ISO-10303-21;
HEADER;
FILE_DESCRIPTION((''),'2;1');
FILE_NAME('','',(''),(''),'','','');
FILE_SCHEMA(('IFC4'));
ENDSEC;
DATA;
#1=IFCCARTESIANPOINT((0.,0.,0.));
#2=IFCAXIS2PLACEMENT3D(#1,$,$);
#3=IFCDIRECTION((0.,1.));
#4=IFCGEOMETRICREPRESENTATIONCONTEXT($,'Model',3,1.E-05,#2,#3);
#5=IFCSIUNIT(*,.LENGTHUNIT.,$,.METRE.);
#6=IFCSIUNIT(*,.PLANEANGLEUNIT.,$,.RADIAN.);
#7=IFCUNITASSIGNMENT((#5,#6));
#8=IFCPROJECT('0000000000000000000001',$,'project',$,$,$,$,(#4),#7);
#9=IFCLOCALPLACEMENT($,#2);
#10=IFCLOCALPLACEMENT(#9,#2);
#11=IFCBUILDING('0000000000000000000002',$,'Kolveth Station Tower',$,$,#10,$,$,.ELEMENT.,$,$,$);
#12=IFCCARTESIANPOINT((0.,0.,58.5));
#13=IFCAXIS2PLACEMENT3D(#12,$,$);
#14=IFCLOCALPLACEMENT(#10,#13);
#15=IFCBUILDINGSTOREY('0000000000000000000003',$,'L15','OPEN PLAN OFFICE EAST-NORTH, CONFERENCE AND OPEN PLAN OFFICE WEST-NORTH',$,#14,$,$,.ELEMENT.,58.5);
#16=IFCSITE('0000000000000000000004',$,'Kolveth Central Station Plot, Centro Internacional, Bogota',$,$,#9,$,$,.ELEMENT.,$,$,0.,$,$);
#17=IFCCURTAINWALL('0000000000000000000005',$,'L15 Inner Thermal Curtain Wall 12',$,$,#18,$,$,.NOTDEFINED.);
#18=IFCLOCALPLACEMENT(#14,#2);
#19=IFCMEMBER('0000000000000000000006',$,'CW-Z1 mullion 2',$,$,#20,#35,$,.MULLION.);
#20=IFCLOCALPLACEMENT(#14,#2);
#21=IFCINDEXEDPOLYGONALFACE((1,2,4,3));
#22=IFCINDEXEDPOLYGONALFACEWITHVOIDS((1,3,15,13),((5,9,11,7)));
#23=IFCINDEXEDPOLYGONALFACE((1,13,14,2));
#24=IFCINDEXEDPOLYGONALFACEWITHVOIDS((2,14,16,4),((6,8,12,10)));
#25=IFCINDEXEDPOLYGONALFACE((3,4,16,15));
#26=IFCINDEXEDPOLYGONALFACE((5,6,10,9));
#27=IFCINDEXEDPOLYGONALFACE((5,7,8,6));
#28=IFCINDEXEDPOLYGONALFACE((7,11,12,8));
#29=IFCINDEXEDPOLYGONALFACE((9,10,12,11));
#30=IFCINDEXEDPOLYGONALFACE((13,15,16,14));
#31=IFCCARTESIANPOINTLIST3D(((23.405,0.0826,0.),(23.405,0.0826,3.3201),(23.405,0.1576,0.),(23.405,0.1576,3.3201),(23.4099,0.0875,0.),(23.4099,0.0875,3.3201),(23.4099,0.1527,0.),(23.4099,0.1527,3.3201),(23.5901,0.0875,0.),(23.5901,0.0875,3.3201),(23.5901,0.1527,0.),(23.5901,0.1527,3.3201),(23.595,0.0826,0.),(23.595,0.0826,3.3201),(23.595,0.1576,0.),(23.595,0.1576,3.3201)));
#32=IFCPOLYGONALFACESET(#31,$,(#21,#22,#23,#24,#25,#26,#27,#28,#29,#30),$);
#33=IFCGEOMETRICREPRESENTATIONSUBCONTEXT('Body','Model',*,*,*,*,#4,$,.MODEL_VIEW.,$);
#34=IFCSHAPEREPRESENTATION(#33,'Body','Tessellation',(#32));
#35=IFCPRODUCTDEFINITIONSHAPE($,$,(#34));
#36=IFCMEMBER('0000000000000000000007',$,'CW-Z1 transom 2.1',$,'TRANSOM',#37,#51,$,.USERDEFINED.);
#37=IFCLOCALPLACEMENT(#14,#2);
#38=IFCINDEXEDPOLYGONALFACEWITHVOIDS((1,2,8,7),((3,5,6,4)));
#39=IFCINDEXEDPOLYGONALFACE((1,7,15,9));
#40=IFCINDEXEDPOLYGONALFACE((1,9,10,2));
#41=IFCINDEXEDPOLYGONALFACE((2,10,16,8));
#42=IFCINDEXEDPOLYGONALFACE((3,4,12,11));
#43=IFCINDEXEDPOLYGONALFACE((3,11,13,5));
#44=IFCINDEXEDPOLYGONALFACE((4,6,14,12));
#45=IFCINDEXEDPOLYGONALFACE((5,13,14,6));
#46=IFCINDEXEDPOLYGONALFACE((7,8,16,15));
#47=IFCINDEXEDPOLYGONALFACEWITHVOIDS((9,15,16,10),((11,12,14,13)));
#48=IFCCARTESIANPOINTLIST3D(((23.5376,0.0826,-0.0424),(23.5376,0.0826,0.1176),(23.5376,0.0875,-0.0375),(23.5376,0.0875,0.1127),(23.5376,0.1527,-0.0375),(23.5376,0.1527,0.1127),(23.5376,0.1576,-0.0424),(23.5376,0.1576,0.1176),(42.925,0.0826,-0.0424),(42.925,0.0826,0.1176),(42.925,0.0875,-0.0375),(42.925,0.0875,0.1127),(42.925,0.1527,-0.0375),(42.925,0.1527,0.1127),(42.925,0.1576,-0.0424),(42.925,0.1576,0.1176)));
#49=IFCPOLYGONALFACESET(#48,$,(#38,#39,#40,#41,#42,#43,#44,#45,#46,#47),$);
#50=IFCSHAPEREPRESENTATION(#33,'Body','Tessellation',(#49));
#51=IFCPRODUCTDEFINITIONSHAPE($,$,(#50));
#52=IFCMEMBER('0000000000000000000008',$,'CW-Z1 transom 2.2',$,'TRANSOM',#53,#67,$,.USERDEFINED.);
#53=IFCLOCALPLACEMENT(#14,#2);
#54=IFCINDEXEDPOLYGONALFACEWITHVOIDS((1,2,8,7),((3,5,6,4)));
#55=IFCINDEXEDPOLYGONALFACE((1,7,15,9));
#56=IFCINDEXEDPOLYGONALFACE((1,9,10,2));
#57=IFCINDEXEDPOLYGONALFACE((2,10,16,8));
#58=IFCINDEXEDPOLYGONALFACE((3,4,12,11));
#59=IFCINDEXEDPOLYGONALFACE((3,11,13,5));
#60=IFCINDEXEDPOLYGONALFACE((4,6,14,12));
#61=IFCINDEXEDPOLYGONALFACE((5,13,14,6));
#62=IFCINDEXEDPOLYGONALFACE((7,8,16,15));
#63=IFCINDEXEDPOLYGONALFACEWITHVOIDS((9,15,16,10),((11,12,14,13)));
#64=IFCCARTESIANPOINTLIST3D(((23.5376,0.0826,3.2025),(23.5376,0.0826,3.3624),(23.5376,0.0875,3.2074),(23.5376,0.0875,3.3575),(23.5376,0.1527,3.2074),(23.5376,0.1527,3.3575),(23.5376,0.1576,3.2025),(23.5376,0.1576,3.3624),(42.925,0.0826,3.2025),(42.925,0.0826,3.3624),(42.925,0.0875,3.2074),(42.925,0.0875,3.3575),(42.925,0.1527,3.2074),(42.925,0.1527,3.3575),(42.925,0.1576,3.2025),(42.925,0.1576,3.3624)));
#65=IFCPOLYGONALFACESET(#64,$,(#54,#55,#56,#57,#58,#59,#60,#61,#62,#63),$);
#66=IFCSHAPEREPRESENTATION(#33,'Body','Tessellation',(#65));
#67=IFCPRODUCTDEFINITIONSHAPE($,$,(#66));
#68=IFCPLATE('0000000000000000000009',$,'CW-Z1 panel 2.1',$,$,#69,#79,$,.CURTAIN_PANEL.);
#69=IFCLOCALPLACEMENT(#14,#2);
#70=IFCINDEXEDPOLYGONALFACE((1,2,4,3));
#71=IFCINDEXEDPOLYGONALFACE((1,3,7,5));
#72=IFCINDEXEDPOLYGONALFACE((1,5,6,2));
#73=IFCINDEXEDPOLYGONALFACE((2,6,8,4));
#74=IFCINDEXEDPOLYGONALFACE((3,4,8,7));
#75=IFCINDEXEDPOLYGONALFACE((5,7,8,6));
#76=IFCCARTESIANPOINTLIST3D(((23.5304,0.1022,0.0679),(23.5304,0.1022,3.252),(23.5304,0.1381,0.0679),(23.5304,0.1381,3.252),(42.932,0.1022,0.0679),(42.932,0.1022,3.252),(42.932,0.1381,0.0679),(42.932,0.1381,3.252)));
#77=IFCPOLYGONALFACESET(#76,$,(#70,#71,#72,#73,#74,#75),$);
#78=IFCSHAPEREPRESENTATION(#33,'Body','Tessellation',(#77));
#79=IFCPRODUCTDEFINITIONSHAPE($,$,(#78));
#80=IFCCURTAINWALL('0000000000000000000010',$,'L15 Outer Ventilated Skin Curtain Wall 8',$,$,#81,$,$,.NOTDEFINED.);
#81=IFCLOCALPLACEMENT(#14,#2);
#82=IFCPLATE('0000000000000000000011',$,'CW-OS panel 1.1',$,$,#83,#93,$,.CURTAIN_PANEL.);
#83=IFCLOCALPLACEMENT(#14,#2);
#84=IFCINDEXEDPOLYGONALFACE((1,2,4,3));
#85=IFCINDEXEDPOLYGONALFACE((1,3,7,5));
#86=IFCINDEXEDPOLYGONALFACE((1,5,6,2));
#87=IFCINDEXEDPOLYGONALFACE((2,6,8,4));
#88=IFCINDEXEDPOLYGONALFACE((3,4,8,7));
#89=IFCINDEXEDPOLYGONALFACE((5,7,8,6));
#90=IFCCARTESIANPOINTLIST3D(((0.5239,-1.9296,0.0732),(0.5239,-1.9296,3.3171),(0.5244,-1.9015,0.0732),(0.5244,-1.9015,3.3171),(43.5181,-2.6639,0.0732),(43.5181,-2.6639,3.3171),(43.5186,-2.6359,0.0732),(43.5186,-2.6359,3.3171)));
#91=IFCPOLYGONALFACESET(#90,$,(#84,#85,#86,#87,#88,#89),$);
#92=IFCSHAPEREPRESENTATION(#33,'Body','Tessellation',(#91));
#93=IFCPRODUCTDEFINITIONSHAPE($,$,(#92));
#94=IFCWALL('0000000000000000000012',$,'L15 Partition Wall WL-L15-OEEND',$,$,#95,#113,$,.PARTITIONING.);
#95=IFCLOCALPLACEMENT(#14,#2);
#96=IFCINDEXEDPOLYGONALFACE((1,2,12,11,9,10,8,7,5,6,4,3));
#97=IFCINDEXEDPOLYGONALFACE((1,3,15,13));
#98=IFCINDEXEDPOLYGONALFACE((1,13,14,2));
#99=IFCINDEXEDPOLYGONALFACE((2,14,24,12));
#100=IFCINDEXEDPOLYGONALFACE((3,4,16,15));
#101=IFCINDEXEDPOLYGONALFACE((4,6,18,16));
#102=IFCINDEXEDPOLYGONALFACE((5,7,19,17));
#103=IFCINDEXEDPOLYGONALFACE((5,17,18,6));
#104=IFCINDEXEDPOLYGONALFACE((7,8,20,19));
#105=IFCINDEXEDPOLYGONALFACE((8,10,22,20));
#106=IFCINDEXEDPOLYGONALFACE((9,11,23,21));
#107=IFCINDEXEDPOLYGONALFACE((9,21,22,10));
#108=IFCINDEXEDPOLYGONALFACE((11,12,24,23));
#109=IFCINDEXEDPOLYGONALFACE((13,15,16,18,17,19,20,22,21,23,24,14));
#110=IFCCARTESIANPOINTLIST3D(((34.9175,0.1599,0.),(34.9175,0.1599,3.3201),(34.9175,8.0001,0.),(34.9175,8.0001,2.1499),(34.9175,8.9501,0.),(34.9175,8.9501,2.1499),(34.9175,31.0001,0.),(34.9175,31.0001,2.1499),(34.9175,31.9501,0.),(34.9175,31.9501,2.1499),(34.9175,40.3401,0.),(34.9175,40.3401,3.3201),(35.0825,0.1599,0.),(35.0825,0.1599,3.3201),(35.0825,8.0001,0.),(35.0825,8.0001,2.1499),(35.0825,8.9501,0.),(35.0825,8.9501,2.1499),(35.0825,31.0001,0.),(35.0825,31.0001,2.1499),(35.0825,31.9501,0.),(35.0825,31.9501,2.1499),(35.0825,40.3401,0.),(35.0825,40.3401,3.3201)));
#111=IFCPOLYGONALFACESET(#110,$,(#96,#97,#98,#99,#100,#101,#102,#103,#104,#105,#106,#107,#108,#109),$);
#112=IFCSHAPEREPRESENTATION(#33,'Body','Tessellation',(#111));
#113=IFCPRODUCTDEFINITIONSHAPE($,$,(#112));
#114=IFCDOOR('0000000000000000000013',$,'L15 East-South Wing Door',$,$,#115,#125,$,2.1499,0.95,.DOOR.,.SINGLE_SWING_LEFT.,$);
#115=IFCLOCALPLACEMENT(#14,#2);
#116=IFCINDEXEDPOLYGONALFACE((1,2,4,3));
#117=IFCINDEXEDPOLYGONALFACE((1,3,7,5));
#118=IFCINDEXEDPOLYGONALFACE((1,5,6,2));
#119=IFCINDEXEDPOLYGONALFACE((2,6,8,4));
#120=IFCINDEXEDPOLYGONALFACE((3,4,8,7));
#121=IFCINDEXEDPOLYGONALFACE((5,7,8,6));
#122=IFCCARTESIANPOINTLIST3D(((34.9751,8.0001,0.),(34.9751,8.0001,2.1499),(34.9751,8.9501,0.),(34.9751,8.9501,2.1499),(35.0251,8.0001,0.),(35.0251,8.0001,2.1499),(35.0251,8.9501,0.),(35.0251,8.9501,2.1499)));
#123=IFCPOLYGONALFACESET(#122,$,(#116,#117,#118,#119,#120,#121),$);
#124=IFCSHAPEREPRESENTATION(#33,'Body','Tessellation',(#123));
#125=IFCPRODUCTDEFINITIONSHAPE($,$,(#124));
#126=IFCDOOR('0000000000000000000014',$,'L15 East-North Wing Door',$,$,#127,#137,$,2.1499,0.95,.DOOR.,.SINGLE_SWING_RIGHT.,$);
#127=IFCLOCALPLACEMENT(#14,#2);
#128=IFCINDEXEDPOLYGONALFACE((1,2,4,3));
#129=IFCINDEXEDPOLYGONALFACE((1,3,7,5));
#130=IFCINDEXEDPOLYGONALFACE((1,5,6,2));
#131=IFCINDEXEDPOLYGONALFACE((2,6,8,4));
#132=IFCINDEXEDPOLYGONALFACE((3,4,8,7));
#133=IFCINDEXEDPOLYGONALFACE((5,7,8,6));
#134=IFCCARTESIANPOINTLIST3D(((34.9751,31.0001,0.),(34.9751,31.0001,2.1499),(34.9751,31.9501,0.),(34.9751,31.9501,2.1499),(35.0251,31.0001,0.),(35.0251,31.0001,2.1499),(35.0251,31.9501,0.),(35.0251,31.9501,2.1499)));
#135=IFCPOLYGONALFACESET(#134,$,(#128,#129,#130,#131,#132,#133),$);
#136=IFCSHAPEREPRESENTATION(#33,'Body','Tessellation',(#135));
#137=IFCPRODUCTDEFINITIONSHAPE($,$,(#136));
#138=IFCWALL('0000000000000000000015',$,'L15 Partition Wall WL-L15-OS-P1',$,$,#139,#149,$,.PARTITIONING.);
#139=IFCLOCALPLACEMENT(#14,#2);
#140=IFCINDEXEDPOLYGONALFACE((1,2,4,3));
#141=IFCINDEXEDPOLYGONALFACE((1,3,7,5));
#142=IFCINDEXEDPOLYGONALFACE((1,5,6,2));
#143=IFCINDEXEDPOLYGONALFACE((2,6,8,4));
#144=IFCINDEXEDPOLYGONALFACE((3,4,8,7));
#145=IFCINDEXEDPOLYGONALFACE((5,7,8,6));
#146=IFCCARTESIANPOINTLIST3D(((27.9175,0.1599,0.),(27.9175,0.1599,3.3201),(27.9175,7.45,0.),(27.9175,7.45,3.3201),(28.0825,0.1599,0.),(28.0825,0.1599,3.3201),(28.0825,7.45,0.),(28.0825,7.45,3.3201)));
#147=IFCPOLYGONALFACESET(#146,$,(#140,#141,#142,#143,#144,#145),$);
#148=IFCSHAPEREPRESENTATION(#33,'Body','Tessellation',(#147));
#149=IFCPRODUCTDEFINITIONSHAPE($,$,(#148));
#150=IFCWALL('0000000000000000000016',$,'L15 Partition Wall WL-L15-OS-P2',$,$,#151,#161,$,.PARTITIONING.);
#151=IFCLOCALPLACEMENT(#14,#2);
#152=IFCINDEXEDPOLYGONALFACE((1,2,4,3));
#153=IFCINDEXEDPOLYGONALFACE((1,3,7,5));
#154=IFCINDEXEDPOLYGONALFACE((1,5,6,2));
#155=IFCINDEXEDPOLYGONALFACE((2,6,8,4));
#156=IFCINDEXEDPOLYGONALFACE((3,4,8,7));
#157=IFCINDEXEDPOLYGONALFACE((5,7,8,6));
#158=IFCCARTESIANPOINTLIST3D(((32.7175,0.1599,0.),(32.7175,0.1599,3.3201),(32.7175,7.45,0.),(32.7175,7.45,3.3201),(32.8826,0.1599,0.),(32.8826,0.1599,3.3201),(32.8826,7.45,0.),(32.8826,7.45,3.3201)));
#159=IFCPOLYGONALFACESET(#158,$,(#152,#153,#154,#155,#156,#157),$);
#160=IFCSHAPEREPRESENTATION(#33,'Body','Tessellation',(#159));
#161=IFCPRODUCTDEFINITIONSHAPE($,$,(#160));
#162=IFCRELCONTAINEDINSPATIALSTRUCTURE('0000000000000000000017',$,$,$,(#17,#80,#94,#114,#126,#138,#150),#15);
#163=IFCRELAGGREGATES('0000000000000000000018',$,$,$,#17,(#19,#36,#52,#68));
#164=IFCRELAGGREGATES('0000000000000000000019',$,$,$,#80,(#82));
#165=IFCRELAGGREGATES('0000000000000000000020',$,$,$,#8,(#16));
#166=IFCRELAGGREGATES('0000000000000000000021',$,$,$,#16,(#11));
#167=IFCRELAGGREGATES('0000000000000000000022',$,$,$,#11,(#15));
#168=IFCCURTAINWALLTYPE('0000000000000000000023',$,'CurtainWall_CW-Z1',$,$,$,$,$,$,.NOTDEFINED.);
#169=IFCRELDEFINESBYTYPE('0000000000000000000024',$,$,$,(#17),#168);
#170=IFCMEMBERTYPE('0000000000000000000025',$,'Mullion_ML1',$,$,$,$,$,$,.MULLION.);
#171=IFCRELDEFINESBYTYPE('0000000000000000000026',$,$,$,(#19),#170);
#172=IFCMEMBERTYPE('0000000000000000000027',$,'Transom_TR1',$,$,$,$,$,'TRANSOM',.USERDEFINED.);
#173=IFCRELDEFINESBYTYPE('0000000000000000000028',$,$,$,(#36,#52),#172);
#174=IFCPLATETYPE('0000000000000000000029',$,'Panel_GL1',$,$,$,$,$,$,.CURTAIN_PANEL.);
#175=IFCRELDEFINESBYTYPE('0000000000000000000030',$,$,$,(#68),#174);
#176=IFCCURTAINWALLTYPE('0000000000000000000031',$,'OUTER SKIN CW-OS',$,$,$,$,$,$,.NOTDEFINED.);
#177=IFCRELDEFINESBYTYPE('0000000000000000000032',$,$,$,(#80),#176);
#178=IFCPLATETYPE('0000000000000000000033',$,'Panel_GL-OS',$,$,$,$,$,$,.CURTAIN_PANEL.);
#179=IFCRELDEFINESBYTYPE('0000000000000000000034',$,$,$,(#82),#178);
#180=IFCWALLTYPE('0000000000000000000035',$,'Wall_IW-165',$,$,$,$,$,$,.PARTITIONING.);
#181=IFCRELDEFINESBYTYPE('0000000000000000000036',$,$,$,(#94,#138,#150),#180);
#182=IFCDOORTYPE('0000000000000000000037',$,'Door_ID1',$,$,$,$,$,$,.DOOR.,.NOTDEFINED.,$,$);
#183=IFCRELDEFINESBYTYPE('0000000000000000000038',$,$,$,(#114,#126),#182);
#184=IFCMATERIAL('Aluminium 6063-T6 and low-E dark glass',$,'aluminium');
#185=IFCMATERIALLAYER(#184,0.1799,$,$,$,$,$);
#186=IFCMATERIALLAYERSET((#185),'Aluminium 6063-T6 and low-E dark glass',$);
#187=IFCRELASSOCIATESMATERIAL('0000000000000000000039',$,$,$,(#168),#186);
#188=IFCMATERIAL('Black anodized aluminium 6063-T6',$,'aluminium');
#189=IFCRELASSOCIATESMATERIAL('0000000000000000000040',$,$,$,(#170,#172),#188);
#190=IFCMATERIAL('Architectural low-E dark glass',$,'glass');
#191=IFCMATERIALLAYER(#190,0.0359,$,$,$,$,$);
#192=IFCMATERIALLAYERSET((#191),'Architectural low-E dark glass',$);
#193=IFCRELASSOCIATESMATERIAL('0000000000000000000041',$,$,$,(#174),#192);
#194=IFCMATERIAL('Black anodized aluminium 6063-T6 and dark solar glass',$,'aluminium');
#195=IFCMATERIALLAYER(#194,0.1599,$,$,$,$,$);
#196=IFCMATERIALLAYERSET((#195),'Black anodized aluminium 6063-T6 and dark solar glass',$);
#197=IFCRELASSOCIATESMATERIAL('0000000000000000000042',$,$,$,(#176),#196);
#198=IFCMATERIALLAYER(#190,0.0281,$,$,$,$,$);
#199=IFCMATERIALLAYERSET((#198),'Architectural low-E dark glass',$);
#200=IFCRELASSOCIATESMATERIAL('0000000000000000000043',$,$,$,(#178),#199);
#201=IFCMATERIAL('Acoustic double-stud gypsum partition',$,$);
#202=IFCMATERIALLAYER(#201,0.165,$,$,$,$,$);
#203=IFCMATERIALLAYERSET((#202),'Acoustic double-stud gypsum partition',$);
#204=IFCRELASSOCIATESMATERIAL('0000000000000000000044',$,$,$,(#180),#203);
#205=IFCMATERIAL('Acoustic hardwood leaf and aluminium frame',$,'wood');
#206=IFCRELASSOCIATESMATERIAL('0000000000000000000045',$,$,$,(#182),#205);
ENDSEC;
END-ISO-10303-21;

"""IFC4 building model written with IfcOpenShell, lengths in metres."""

from ifc_helpers import new_model, si_unit, direction, frame, frame_2d, origin, origin_2d, place, context, subcontext, project, spatial, rectangle, hollow_rectangle, extrude, source, transform, mapped, material, layer, layer_set, material_profile, profile_set, type_object, element, fill, aggregate, save


model = new_model("IFC4")

# Units and contexts
model_context = context("Model", 3, precision=1e-05, world=origin(), true_north=direction((0.0, 1.0)))
body_context = subcontext(model_context, "Body", "Model", "MODEL_VIEW")
ifc_project = project(units=[si_unit("LENGTHUNIT", "METRE"), si_unit("PLANEANGLEUNIT", "RADIAN")], contexts=[model_context])

# Site, building, storey
site_placement = place(None, origin())
site = spatial("IfcSite", under=ifc_project, at=site_placement, Name="Kolveth Central Station Plot, Centro Internacional, Bogota", CompositionType="ELEMENT", RefElevation=0.0)
building_placement = place(site_placement, origin())
building = spatial("IfcBuilding", under=site, at=building_placement, Name="Kolveth Station Tower", CompositionType="ELEMENT")
storey_placement = place(building_placement, frame((0.0, 0.0, 58.5)))
storey = spatial("IfcBuildingStorey", under=building, at=storey_placement, Name="L15", Description="OPEN PLAN OFFICE EAST-NORTH, CONFERENCE AND OPEN PLAN OFFICE WEST-NORTH", CompositionType="ELEMENT", Elevation=58.5)

# Curtain wall, members, plate
ifc_material_1 = material(Name="Aluminium 6063-T6 and low-E dark glass", Category="aluminium")
ifc_layer_1 = layer(ifc_material_1, 0.1799)
ifc_layer_set_1 = layer_set([ifc_layer_1], Name="Aluminium 6063-T6 and low-E dark glass")
curtain_wall_type_1 = type_object("IfcCurtainWallType", Name="CurtainWall_CW-Z1", PredefinedType="NOTDEFINED", material=ifc_layer_set_1)
curtain_wall_1_placement = place(storey_placement, origin())
curtain_wall_1 = element("IfcCurtainWall", 1, at=curtain_wall_1_placement, inside=storey, type_object=curtain_wall_type_1, Name="L15 Inner Thermal Curtain Wall 12", PredefinedType="NOTDEFINED")
ifc_material_2 = material(Name="Black anodized aluminium 6063-T6", Category="aluminium")
ifc_material_profile_1 = material_profile(ifc_material_2, hollow_rectangle(XDim=0.075, YDim=0.1899, WallThickness=0.0049, at=origin_2d()), Name="ALU-75x190x5")
ifc_profile_set_1 = profile_set([ifc_material_profile_1], Name="Black anodized aluminium 6063-T6")
member_type_1 = type_object("IfcMemberType", Name="Mullion_ML1", PredefinedType="MULLION", material=ifc_profile_set_1)
shared_shape_1 = source(origin(), body_context, "Body", "SweptSolid", [
    extrude(hollow_rectangle(XDim=0.075, YDim=0.1899, WallThickness=0.0049, at=origin_2d()), origin(), (0.0, 0.0, 1.0), 3.3201),
])
member_1_placement = place(storey_placement, frame((23.5, 0.1201, 0.0), z_axis=(0.0, 0.0, 1.0), x_axis=(0.0, 1.0, 0.0)))
member_1 = element("IfcMember", 2, at=member_1_placement, type_object=member_type_1, Name="CW-Z1 mullion 2", PredefinedType="MULLION", context=body_context, shape_type="MappedRepresentation", body=[
    mapped(shared_shape_1, transform((0.0, 0.0, 0.0), x_axis=(1.0, 0.0, 0.0), y_axis=(0.0, 1.0, 0.0), z_axis=(0.0, 0.0, 1.0), scale=1.0)),
])
ifc_material_profile_2 = material_profile(ifc_material_2, hollow_rectangle(XDim=0.075, YDim=0.1599, WallThickness=0.0049, at=origin_2d()), Name="ALU-75x160x5")
ifc_profile_set_2 = profile_set([ifc_material_profile_2], Name="Black anodized aluminium 6063-T6")
member_type_2 = type_object("IfcMemberType", Name="Transom_TR1", ElementType="TRANSOM", PredefinedType="USERDEFINED", material=ifc_profile_set_2)
shared_shape_2 = source(origin(), body_context, "Body", "SweptSolid", [
    extrude(hollow_rectangle(XDim=0.075, YDim=0.1599, WallThickness=0.0049, at=origin_2d()), origin(), (0.0, 0.0, 1.0), 19.3875),
])
member_2_placement = place(storey_placement, frame((23.5376, 0.1201, 0.0376), z_axis=(1.0, 0.0, 0.0), x_axis=(0.0, 1.0, 0.0)))
member_2 = element("IfcMember", 3, at=member_2_placement, type_object=member_type_2, Name="CW-Z1 transom 2.1", ObjectType="TRANSOM", PredefinedType="USERDEFINED", context=body_context, shape_type="MappedRepresentation", body=[
    mapped(shared_shape_2, transform((0.0, 0.0, 0.0), x_axis=(1.0, 0.0, 0.0), y_axis=(0.0, 1.0, 0.0), z_axis=(0.0, 0.0, 1.0), scale=1.0)),
])
member_3_placement = place(storey_placement, frame((23.5376, 0.1201, 3.2825), z_axis=(1.0, 0.0, 0.0), x_axis=(0.0, 1.0, 0.0)))
member_3 = element("IfcMember", 4, at=member_3_placement, type_object=member_type_2, Name="CW-Z1 transom 2.2", ObjectType="TRANSOM", PredefinedType="USERDEFINED", context=body_context, shape_type="MappedRepresentation", body=[
    mapped(shared_shape_2, transform((0.0, 0.0, 0.0), x_axis=(1.0, 0.0, 0.0), y_axis=(0.0, 1.0, 0.0), z_axis=(0.0, 0.0, 1.0), scale=1.0)),
])
ifc_material_3 = material(Name="Architectural low-E dark glass", Category="glass")
ifc_layer_2 = layer(ifc_material_3, 0.0359)
ifc_layer_set_2 = layer_set([ifc_layer_2], Name="Architectural low-E dark glass")
plate_type_1 = type_object("IfcPlateType", Name="Panel_GL1", PredefinedType="CURTAIN_PANEL", material=ifc_layer_set_2)
shared_shape_3 = source(origin(), body_context, "Body", "SweptSolid", [
    extrude(rectangle(XDim=19.4016, YDim=0.0359, at=origin_2d()), origin(), (0.0, 0.0, 1.0), 3.1841),
])
plate_1_placement = place(storey_placement, frame((33.2312, 0.1201, 0.0679), z_axis=(0.0, 0.0, 1.0), x_axis=(1.0, 0.0, 0.0)))
plate_1 = element("IfcPlate", 5, at=plate_1_placement, type_object=plate_type_1, Name="CW-Z1 panel 2.1", PredefinedType="CURTAIN_PANEL", context=body_context, shape_type="MappedRepresentation", body=[
    mapped(shared_shape_3, transform((0.0, 0.0, 0.0), x_axis=(1.0, 0.0, 0.0), y_axis=(0.0, 1.0, 0.0), z_axis=(0.0, 0.0, 1.0), scale=1.0)),
])
aggregate(curtain_wall_1, [member_1, member_2, member_3, plate_1])

# Curtain wall, plate
ifc_material_4 = material(Name="Black anodized aluminium 6063-T6 and dark solar glass", Category="aluminium")
ifc_layer_3 = layer(ifc_material_4, 0.1599)
ifc_layer_set_3 = layer_set([ifc_layer_3], Name="Black anodized aluminium 6063-T6 and dark solar glass")
curtain_wall_type_2 = type_object("IfcCurtainWallType", Name="OUTER SKIN CW-OS", PredefinedType="NOTDEFINED", material=ifc_layer_set_3)
curtain_wall_2_placement = place(storey_placement, origin())
curtain_wall_2 = element("IfcCurtainWall", 6, at=curtain_wall_2_placement, inside=storey, type_object=curtain_wall_type_2, Name="L15 Outer Ventilated Skin Curtain Wall 8", PredefinedType="NOTDEFINED")
ifc_layer_4 = layer(ifc_material_3, 0.0281)
ifc_layer_set_4 = layer_set([ifc_layer_4], Name="Architectural low-E dark glass")
plate_type_2 = type_object("IfcPlateType", Name="Panel_GL-OS", PredefinedType="CURTAIN_PANEL", material=ifc_layer_set_4)
shared_shape_4 = source(origin(), body_context, "Body", "SweptSolid", [
    extrude(rectangle(XDim=43.0005, YDim=0.0281, at=origin_2d()), origin(), (0.0, 0.0, 1.0), 3.2439),
])
plate_2_placement = place(storey_placement, frame((22.0212, -2.2827, 0.0732), z_axis=(0.0, 0.0, 1.0), x_axis=(0.999854, -0.017078, 0.0)))
plate_2 = element("IfcPlate", 7, at=plate_2_placement, type_object=plate_type_2, Name="CW-OS panel 1.1", PredefinedType="CURTAIN_PANEL", context=body_context, shape_type="MappedRepresentation", body=[
    mapped(shared_shape_4, transform((0.0, 0.0, 0.0), x_axis=(1.0, 0.0, 0.0), y_axis=(0.0, 1.0, 0.0), z_axis=(0.0, 0.0, 1.0), scale=1.0)),
])
aggregate(curtain_wall_2, [plate_2])

# Wall, openings, doors
ifc_material_5 = material(Name="Acoustic double-stud gypsum partition")
ifc_layer_5 = layer(ifc_material_5, 0.165)
ifc_layer_set_5 = layer_set([ifc_layer_5], Name="Acoustic double-stud gypsum partition")
wall_type = type_object("IfcWallType", Name="Wall_IW-165", PredefinedType="PARTITIONING", material=ifc_layer_set_5)
wall_placement = place(storey_placement, frame((35.0, 0.1599, 0.0), z_axis=(0.0, 0.0, 1.0), x_axis=(0.0, 1.0, 0.0)))
wall = element("IfcWall", 8, at=wall_placement, inside=storey, type_object=wall_type, Name="L15 Partition Wall WL-L15-OEEND", PredefinedType="PARTITIONING", context=body_context, shape_type="SweptSolid", body=[
    extrude(rectangle(XDim=40.1802, YDim=0.165, at=frame_2d((20.0901, 0.0))), origin(), (0.0, 0.0, 1.0), 3.3201),
])
opening_1_placement = place(wall_placement, frame((7.8401, 0.0, 0.0)))
opening_1 = element("IfcOpeningElement", 9, at=opening_1_placement, cuts=wall, PredefinedType="OPENING", context=body_context, shape_type="SweptSolid", body=[
    extrude(rectangle(XDim=0.95, YDim=2.1499, at=frame_2d((0.4751, 1.075))), frame((0.0, 0.0925, 0.0), z_axis=(0.0, -1.0, 0.0), x_axis=(1.0, 0.0, 0.0)), (0.0, 0.0, 1.0), 0.1851),
])
opening_2_placement = place(wall_placement, frame((30.8401, 0.0, 0.0)))
opening_2 = element("IfcOpeningElement", 10, at=opening_2_placement, cuts=wall, PredefinedType="OPENING", context=body_context, shape_type="SweptSolid", body=[
    extrude(rectangle(XDim=0.95, YDim=2.1499, at=frame_2d((0.4751, 1.075))), frame((0.0, 0.0925, 0.0), z_axis=(0.0, -1.0, 0.0), x_axis=(1.0, 0.0, 0.0)), (0.0, 0.0, 1.0), 0.1851),
])
ifc_material_6 = material(Name="Acoustic hardwood leaf and aluminium frame", Category="wood")
door_type = type_object("IfcDoorType", Name="Door_ID1", OperationType="NOTDEFINED", PredefinedType="DOOR", material=ifc_material_6)
door_1_placement = place(opening_1_placement, origin())
door_1 = element("IfcDoor", 11, at=door_1_placement, inside=storey, type_object=door_type, Name="L15 East-South Wing Door", OperationType="SINGLE_SWING_LEFT", OverallHeight=2.1499, OverallWidth=0.95, PredefinedType="DOOR", context=body_context, shape_type="SweptSolid", body=[
    extrude(rectangle(XDim=0.95, YDim=2.1499, at=frame_2d((0.4751, 1.075))), frame((0.0, 0.0249, 0.0), z_axis=(0.0, -1.0, 0.0), x_axis=(1.0, 0.0, 0.0)), (0.0, 0.0, 1.0), 0.05),
])
fill(opening_1, door_1)
door_2_placement = place(opening_2_placement, origin())
door_2 = element("IfcDoor", 12, at=door_2_placement, inside=storey, type_object=door_type, Name="L15 East-North Wing Door", OperationType="SINGLE_SWING_RIGHT", OverallHeight=2.1499, OverallWidth=0.95, PredefinedType="DOOR", context=body_context, shape_type="SweptSolid", body=[
    extrude(rectangle(XDim=0.95, YDim=2.1499, at=frame_2d((0.4751, 1.075))), frame((0.0, 0.0249, 0.0), z_axis=(0.0, -1.0, 0.0), x_axis=(1.0, 0.0, 0.0)), (0.0, 0.0, 1.0), 0.05),
])
fill(opening_2, door_2)

# Walls
for number, where, z_axis, x_axis, name in (
    (13, (28.0, 0.1599, 0.0), (0.0, 0.0, 1.0), (0.0, 1.0, 0.0), "L15 Partition Wall WL-L15-OS-P1"),
    (14, (32.8, 0.1599, 0.0), (0.0, 0.0, 1.0), (0.0, 1.0, 0.0), "L15 Partition Wall WL-L15-OS-P2"),
):
    element("IfcWall", number, at=place(storey_placement, frame(where, z_axis=z_axis, x_axis=x_axis)), inside=storey, type_object=wall_type, Name=name, PredefinedType="PARTITIONING", context=body_context, shape_type="SweptSolid", body=[
        extrude(rectangle(XDim=7.29, YDim=0.165, at=frame_2d((3.645, 0.0))), origin(), (0.0, 0.0, 1.0), 3.3201),
    ])

save(model, "model.ifc")
